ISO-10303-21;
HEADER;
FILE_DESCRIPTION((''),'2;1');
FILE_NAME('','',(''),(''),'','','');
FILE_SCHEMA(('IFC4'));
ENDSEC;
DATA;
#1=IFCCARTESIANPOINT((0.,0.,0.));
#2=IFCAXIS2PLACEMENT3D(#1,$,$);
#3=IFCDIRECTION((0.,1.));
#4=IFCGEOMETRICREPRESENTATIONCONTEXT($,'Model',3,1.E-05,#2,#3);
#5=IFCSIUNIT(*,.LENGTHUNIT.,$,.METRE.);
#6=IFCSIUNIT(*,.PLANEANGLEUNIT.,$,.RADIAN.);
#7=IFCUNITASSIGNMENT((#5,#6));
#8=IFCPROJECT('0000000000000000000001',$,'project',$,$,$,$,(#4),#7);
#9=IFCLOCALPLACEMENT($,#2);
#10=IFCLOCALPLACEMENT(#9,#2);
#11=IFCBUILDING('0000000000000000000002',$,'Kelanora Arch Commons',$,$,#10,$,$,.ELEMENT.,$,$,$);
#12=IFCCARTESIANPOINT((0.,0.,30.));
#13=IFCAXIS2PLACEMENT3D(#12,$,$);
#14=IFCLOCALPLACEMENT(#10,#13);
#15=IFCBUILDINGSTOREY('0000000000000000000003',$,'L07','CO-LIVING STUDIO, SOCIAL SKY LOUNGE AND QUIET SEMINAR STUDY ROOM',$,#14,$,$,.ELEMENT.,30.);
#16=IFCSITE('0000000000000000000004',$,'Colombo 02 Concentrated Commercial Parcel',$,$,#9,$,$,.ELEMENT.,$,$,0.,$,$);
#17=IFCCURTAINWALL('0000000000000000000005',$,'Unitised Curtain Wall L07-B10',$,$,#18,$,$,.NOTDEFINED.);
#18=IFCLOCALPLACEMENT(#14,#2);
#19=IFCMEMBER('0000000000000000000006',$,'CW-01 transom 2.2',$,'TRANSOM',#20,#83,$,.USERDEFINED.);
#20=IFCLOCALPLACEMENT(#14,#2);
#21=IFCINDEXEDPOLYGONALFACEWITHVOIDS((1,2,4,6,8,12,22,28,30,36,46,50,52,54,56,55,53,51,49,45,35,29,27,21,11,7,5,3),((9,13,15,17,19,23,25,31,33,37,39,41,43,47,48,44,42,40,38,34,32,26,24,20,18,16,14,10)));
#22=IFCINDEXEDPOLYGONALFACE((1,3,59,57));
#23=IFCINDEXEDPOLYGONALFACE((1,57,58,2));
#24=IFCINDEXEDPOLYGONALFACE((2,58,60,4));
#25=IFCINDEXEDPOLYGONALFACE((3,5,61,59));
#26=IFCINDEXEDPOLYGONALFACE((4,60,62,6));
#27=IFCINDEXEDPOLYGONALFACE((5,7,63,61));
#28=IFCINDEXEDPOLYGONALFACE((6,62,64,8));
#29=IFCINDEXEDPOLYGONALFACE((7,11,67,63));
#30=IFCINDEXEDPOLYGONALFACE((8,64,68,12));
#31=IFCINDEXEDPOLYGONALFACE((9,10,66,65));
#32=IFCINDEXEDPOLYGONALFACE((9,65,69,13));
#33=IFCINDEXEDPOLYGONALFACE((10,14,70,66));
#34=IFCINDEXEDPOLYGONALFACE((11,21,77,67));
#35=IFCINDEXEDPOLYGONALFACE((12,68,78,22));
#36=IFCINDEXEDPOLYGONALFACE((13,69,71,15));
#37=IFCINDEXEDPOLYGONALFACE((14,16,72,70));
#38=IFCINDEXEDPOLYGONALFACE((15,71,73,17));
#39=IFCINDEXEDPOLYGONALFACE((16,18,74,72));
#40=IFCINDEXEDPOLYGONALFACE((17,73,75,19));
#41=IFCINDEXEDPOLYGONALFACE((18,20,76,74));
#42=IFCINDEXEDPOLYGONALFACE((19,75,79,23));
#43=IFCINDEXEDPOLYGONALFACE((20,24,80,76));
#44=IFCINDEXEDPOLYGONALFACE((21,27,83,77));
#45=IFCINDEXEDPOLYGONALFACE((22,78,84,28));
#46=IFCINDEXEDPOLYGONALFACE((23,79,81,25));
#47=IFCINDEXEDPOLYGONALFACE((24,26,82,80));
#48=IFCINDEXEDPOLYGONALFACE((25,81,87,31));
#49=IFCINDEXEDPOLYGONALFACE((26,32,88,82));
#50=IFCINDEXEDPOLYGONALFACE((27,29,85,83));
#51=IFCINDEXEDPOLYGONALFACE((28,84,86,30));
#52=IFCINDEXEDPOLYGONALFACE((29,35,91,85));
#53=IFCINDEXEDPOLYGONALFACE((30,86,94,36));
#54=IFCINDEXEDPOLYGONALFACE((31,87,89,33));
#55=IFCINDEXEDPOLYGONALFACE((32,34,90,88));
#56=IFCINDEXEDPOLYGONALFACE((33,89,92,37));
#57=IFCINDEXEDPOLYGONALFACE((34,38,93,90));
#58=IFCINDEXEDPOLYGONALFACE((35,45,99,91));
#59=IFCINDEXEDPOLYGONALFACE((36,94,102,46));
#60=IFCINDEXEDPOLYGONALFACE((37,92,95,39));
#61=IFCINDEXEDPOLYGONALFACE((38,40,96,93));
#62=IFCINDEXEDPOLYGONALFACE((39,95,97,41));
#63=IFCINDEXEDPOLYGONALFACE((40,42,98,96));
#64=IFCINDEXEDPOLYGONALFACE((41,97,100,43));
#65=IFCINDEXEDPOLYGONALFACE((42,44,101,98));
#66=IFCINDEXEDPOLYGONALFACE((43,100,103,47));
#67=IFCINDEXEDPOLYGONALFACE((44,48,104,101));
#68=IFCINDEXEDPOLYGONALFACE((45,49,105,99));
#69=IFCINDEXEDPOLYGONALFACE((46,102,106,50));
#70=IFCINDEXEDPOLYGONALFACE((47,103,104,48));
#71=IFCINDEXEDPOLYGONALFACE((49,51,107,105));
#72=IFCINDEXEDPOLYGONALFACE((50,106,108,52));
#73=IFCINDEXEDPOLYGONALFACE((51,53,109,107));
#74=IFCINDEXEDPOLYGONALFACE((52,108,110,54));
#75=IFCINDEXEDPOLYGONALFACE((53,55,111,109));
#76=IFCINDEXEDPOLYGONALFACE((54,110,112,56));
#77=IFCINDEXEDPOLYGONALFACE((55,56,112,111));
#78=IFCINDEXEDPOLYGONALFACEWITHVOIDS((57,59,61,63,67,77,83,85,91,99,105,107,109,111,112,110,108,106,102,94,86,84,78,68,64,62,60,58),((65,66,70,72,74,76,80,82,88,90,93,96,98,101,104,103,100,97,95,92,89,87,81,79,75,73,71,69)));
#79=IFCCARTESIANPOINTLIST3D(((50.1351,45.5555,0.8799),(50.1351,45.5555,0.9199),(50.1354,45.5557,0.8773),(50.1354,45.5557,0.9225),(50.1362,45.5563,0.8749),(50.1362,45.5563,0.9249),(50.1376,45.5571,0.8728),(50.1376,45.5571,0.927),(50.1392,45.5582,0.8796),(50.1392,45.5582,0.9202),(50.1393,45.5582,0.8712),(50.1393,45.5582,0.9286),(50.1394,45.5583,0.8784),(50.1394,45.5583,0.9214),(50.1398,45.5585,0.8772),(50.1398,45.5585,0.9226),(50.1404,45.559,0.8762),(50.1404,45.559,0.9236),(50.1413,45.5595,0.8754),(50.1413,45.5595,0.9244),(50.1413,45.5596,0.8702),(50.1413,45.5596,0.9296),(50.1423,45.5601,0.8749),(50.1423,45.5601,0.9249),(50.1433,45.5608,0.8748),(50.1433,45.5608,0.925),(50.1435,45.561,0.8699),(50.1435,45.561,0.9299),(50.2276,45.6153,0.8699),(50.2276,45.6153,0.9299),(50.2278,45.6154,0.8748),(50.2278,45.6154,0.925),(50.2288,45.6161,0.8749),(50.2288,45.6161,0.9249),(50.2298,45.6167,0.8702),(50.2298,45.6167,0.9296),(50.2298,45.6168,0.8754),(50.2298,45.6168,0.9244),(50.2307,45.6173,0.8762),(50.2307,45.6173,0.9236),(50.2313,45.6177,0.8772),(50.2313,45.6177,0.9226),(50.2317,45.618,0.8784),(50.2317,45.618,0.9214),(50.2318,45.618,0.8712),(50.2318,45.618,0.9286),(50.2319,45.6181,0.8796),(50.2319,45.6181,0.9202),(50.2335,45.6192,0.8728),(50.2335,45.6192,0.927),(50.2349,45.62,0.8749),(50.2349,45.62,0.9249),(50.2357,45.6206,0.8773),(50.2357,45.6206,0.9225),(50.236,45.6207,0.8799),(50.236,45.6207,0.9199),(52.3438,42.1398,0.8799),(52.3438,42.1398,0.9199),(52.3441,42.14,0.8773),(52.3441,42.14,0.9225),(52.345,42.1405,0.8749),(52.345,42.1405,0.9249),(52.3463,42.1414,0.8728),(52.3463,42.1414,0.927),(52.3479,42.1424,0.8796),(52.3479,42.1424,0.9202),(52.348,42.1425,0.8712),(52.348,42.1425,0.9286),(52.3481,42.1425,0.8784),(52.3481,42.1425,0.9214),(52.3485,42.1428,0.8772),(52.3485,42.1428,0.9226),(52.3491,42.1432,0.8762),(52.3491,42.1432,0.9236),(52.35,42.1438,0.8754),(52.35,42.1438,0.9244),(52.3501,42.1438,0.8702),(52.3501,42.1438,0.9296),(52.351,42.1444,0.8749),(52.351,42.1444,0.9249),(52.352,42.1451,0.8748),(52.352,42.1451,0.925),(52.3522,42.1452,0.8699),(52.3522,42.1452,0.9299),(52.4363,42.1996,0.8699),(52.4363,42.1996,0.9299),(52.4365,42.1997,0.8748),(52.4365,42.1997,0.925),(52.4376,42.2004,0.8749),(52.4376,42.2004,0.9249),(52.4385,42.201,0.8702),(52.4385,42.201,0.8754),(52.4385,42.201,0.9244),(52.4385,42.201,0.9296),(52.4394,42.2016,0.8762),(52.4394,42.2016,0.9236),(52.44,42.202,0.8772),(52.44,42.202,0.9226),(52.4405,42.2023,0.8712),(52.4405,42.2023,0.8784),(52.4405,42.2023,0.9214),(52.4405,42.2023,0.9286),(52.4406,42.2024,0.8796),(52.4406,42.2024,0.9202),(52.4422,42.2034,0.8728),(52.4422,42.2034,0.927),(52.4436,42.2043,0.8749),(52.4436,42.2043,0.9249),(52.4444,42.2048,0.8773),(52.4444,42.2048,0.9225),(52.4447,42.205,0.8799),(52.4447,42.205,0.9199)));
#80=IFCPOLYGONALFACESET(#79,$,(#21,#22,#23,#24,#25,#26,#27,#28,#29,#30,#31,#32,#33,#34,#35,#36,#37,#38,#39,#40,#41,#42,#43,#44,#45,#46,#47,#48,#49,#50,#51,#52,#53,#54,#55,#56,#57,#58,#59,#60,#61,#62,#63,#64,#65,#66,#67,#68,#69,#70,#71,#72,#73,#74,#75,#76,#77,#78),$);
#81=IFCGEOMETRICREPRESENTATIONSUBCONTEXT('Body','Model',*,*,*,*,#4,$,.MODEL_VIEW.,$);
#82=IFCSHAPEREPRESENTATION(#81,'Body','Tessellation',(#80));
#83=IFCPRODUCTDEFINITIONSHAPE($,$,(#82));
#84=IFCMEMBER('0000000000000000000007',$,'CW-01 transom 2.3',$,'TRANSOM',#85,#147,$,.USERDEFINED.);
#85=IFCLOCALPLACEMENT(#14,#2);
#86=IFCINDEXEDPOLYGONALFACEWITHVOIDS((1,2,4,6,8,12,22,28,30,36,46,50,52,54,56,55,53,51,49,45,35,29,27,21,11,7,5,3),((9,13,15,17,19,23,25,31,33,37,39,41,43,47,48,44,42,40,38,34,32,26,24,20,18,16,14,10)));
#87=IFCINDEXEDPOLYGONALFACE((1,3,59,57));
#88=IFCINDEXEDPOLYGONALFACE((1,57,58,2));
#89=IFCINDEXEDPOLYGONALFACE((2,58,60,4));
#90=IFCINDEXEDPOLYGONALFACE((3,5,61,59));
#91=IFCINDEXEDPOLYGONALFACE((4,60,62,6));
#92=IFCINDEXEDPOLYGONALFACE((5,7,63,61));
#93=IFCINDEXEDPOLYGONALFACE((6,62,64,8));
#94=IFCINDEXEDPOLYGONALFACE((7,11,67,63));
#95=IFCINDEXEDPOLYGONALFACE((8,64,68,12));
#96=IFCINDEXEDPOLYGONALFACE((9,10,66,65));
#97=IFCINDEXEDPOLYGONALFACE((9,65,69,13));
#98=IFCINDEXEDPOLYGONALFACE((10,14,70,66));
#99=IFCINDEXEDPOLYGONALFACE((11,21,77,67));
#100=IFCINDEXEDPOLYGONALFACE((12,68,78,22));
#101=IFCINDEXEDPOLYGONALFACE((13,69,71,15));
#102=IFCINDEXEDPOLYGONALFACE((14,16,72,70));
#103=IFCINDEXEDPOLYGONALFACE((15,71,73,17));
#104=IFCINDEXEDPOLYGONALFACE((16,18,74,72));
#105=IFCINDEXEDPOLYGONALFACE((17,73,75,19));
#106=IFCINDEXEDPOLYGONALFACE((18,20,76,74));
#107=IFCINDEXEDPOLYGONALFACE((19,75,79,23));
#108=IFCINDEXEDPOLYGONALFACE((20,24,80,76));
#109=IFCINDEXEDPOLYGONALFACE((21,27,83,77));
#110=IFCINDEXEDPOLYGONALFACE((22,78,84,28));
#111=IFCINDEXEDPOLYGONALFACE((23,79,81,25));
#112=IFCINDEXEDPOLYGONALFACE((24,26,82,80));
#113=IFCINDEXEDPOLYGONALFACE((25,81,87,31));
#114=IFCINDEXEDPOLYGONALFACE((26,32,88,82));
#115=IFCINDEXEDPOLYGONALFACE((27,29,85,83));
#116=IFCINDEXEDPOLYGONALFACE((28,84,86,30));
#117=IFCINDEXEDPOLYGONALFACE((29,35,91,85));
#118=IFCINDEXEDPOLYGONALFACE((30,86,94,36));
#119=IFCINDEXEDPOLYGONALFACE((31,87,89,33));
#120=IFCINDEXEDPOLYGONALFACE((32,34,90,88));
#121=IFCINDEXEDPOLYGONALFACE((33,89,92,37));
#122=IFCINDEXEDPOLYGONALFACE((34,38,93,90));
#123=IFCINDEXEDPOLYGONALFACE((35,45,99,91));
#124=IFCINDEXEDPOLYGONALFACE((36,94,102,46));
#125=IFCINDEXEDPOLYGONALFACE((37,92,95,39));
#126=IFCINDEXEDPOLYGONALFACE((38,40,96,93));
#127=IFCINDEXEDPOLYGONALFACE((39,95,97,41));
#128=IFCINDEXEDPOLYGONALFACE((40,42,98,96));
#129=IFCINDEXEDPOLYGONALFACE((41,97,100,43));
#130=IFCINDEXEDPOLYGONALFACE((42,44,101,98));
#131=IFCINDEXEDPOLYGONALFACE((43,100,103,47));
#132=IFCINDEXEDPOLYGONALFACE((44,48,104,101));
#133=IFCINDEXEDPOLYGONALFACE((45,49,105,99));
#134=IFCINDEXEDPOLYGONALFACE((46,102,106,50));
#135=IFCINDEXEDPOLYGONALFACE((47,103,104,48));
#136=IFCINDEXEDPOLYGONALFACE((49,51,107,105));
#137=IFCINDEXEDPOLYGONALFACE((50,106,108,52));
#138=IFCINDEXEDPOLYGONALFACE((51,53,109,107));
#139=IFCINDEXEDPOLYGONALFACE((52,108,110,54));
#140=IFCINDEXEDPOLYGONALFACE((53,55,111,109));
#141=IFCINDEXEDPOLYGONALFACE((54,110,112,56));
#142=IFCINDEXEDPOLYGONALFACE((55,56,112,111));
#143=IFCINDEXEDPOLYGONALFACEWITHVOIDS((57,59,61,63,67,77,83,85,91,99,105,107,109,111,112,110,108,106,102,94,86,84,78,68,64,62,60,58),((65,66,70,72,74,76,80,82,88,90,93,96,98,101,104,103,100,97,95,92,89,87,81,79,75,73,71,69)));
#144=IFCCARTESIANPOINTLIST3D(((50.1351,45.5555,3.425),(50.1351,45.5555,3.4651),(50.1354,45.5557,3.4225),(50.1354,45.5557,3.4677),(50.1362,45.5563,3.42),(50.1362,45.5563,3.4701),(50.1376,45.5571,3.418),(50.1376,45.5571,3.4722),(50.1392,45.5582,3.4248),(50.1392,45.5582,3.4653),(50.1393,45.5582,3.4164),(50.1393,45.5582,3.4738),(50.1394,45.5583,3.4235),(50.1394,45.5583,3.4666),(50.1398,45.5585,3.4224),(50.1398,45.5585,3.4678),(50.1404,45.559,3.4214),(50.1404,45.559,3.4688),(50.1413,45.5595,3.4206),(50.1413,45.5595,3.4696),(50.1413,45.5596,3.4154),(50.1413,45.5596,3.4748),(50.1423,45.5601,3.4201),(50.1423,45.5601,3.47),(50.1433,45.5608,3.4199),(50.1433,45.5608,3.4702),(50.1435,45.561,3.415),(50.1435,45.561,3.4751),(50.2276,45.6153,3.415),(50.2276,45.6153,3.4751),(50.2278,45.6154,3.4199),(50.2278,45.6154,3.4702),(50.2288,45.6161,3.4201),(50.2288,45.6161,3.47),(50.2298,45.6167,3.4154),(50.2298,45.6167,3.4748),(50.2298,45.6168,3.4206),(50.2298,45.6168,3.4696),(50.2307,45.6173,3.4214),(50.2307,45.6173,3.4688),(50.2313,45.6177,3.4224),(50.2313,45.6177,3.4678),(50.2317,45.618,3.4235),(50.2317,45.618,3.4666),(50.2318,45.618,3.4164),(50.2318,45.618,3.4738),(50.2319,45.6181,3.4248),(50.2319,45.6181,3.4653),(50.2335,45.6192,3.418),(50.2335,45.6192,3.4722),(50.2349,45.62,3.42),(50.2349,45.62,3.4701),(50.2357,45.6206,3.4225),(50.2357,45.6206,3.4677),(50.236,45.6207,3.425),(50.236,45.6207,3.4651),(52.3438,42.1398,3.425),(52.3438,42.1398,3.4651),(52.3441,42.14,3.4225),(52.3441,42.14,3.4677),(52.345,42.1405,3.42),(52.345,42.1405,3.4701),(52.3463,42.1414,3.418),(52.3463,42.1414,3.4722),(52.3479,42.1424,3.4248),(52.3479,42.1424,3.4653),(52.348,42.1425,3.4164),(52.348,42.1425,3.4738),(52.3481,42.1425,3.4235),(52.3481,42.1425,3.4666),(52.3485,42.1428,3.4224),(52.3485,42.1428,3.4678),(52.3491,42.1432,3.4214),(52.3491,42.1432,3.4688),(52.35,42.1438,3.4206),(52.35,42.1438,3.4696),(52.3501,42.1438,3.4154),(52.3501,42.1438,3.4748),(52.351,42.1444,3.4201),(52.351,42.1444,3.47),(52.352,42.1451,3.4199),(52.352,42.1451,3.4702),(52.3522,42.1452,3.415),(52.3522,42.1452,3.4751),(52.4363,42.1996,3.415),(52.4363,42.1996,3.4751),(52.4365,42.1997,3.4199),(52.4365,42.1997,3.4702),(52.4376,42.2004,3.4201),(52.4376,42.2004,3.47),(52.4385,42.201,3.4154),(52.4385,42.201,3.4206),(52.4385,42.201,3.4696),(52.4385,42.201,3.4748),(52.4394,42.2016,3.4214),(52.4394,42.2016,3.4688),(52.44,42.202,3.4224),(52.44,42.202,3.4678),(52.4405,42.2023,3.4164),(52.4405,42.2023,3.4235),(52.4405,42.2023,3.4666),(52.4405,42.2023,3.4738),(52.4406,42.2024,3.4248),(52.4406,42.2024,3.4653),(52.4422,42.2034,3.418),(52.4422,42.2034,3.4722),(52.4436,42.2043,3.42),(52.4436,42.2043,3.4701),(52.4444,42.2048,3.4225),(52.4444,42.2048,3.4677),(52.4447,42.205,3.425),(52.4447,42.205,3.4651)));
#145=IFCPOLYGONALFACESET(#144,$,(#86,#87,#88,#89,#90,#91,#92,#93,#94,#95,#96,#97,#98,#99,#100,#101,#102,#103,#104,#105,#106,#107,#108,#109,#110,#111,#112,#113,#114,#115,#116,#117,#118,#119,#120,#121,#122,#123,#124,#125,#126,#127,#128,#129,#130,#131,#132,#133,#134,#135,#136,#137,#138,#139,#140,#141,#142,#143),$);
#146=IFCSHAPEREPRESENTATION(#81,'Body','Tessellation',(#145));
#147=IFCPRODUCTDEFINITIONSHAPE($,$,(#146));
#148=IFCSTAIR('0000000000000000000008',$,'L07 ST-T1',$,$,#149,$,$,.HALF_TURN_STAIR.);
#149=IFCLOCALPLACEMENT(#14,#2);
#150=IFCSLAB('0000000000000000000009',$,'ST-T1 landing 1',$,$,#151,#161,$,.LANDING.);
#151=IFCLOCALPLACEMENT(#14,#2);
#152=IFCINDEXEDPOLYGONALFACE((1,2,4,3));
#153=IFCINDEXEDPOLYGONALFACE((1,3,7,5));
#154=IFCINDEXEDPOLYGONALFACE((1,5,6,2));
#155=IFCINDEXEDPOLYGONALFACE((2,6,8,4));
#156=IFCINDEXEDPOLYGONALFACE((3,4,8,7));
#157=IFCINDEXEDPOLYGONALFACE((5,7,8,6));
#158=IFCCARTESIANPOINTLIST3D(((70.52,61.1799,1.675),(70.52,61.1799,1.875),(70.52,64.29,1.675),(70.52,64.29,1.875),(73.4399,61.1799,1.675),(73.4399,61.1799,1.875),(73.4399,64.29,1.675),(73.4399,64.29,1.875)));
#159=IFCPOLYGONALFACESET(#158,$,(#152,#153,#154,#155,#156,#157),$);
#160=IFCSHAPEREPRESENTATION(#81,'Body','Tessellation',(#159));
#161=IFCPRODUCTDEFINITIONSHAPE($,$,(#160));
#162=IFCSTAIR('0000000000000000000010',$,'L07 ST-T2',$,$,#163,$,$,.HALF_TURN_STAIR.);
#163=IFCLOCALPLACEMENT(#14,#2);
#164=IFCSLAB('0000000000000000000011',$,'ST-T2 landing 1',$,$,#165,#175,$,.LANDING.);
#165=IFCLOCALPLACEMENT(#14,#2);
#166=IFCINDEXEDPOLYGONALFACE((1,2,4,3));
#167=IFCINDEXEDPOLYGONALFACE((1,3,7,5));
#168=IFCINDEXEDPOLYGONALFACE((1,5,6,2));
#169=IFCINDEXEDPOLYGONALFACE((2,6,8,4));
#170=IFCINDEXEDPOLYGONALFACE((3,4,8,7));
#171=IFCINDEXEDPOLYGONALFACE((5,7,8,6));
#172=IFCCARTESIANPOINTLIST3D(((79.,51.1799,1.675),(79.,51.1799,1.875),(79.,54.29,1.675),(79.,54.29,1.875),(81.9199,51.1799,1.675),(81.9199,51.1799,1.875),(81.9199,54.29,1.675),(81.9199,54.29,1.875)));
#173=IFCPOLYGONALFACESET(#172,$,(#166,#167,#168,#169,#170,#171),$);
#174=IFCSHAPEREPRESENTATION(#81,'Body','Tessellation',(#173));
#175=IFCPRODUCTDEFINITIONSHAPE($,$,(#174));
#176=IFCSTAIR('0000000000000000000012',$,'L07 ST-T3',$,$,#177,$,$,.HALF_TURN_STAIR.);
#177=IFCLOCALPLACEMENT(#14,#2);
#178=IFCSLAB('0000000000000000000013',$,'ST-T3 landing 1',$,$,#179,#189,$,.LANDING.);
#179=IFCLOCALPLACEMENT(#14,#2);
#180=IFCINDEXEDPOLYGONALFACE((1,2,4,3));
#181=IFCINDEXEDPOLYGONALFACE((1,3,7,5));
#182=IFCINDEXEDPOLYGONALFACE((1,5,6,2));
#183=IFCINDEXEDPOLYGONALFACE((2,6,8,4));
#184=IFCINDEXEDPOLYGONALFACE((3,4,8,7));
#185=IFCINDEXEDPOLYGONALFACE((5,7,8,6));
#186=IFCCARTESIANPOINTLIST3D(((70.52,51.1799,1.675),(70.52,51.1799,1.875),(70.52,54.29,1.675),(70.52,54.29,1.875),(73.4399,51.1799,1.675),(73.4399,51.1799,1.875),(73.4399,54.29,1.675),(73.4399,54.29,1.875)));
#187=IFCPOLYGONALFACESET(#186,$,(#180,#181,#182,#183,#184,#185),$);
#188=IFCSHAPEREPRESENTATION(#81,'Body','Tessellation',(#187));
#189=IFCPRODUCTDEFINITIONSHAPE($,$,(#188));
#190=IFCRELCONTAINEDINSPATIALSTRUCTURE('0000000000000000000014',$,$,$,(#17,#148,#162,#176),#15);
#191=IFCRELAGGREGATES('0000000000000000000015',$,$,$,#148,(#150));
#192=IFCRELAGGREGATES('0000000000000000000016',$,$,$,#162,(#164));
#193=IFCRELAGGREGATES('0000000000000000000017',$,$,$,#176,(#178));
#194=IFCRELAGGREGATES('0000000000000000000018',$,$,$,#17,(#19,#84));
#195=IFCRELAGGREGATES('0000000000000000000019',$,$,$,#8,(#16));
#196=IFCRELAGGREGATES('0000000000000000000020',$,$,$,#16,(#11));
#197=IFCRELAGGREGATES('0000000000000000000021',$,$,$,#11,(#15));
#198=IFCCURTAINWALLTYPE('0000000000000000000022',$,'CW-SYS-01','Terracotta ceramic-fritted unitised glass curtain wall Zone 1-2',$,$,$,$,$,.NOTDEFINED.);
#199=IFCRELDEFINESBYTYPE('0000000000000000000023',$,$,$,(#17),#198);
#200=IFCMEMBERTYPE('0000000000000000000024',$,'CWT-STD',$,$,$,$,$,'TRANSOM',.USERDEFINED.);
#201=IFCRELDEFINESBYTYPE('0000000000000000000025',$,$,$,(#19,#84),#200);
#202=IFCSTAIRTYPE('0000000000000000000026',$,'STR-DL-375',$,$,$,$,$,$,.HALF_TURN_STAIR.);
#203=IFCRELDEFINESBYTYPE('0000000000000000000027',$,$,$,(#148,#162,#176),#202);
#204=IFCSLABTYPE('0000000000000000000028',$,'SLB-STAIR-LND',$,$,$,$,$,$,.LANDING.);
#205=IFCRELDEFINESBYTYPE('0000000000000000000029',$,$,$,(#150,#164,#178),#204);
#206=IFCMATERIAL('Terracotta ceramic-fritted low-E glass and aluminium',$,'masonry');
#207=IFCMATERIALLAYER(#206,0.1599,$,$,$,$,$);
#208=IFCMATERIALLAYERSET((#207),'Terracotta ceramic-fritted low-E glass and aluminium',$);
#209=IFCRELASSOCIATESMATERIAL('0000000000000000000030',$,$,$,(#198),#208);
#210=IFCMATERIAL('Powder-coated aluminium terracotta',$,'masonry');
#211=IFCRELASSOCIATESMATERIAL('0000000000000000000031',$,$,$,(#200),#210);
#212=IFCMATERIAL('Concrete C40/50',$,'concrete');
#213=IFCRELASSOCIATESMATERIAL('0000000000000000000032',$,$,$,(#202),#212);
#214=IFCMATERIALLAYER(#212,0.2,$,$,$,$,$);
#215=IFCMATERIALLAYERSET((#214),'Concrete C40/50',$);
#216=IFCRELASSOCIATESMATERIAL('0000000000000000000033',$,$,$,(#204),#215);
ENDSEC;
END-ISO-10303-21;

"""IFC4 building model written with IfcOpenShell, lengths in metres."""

from ifc_helpers import new_model, si_unit, direction, frame, origin, origin_2d, place, context, subcontext, project, spatial, polyline, hollow_rectangle, outline, extrude, material, layer, layer_set, material_profile, profile_set, type_object, element, aggregate, save


model = new_model("IFC4")

# Units and contexts
model_context = context("Model", 3, precision=1e-05, world=origin(), true_north=direction((0.0, 1.0)))
body_context = subcontext(model_context, "Body", "Model", "MODEL_VIEW")
ifc_project = project(units=[si_unit("LENGTHUNIT", "METRE"), si_unit("PLANEANGLEUNIT", "RADIAN")], contexts=[model_context])

# Site, building, storey
site_placement = place(None, origin())
site = spatial("IfcSite", under=ifc_project, at=site_placement, Name="Colombo 02 Concentrated Commercial Parcel", CompositionType="ELEMENT", RefElevation=0.0)
building_placement = place(site_placement, origin())
building = spatial("IfcBuilding", under=site, at=building_placement, Name="Kelanora Arch Commons", CompositionType="ELEMENT")
storey_placement = place(building_placement, frame((0.0, 0.0, 30.0)))
storey = spatial("IfcBuildingStorey", under=building, at=storey_placement, Name="L07", Description="CO-LIVING STUDIO, SOCIAL SKY LOUNGE AND QUIET SEMINAR STUDY ROOM", CompositionType="ELEMENT", Elevation=30.0)

# Shared definitions
ifc_material_1 = material(Name="Terracotta ceramic-fritted low-E glass and aluminium", Category="masonry")
ifc_layer_1 = layer(ifc_material_1, 0.1599)
ifc_layer_set_1 = layer_set([ifc_layer_1], Name="Terracotta ceramic-fritted low-E glass and aluminium")
curtain_wall_type = type_object("IfcCurtainWallType", Name="CW-SYS-01", Description="Terracotta ceramic-fritted unitised glass curtain wall Zone 1-2", PredefinedType="NOTDEFINED", material=ifc_layer_set_1)
ifc_material_2 = material(Name="Powder-coated aluminium terracotta", Category="masonry")

# Curtain wall, members
curtain_wall_1_placement = place(storey_placement, origin())
curtain_wall_1 = element("IfcCurtainWall", 1, at=curtain_wall_1_placement, inside=storey, type_object=curtain_wall_type, Name="Unitised Curtain Wall L07-B10", PredefinedType="NOTDEFINED")
ifc_material_profile_1 = material_profile(ifc_material_2, hollow_rectangle(XDim=0.1201, YDim=0.0601, WallThickness=0.0049, InnerFilletRadius=0.0049, OuterFilletRadius=0.01, at=origin_2d()), Name="CWT120x60")
ifc_profile_set_1 = profile_set([ifc_material_profile_1], Name="Powder-coated aluminium terracotta")
member_type_1 = type_object("IfcMemberType", Name="CWT-STD", ElementType="TRANSOM", PredefinedType="USERDEFINED", material=ifc_profile_set_1)
member_1_placement = place(storey_placement, frame((50.1855, 45.5881, 0.8999), z_axis=(0.542997, -0.839734, 0.0), x_axis=(0.839734, 0.542997, 0.0)))
member_1 = element("IfcMember", 2, at=member_1_placement, type_object=member_type_1, Name="CW-01 transom 2.2", ObjectType="TRANSOM", PredefinedType="USERDEFINED", context=body_context, shape_type="SweptSolid", body=[
    extrude(hollow_rectangle(XDim=0.1201, YDim=0.0601, WallThickness=0.0049, InnerFilletRadius=0.0049, OuterFilletRadius=0.01, at=origin_2d()), origin(), (0.0, 0.0, 1.0), 4.0676),
])
member_2_placement = place(storey_placement, frame((50.1855, 45.5881, 3.4451), z_axis=(0.542997, -0.839734, 0.0), x_axis=(0.839734, 0.542997, 0.0)))
member_2 = element("IfcMember", 3, at=member_2_placement, type_object=member_type_1, Name="CW-01 transom 2.3", ObjectType="TRANSOM", PredefinedType="USERDEFINED", context=body_context, shape_type="SweptSolid", body=[
    extrude(hollow_rectangle(XDim=0.1201, YDim=0.0601, WallThickness=0.0049, InnerFilletRadius=0.0049, OuterFilletRadius=0.01, at=origin_2d()), origin(), (0.0, 0.0, 1.0), 4.0676),
])

# Stairs, slabs
ifc_material_3 = material(Name="Concrete C40/50", Category="concrete")
stair_type = type_object("IfcStairType", Name="STR-DL-375", PredefinedType="HALF_TURN_STAIR", material=ifc_material_3)
stair_1_placement = place(storey_placement, origin())
stair_1 = element("IfcStair", 4, at=stair_1_placement, inside=storey, type_object=stair_type, Name="L07 ST-T1", PredefinedType="HALF_TURN_STAIR")
ifc_layer_2 = layer(ifc_material_3, 0.2)
ifc_layer_set_2 = layer_set([ifc_layer_2], Name="Concrete C40/50")
slab_type_1 = type_object("IfcSlabType", Name="SLB-STAIR-LND", PredefinedType="LANDING", material=ifc_layer_set_2)
slab_1_placement = place(storey_placement, frame((0.0, 0.0, 1.675)))
slab_1 = element("IfcSlab", 5, at=slab_1_placement, type_object=slab_type_1, Name="ST-T1 landing 1", PredefinedType="LANDING", context=body_context, shape_type="SweptSolid", body=[
    extrude(outline(polyline([(70.52, 61.1799), (73.4399, 61.1799), (73.4399, 64.29), (70.52, 64.29), (70.52, 61.1799)])), origin(), (0.0, 0.0, 1.0), 0.2),
])
aggregate(stair_1, [slab_1])
stair_2_placement = place(storey_placement, origin())
stair_2 = element("IfcStair", 6, at=stair_2_placement, inside=storey, type_object=stair_type, Name="L07 ST-T2", PredefinedType="HALF_TURN_STAIR")
slab_2_placement = place(storey_placement, frame((0.0, 0.0, 1.675)))
slab_2 = element("IfcSlab", 7, at=slab_2_placement, type_object=slab_type_1, Name="ST-T2 landing 1", PredefinedType="LANDING", context=body_context, shape_type="SweptSolid", body=[
    extrude(outline(polyline([(79.0, 51.1799), (81.9199, 51.1799), (81.9199, 54.29), (79.0, 54.29), (79.0, 51.1799)])), origin(), (0.0, 0.0, 1.0), 0.2),
])
aggregate(stair_2, [slab_2])
stair_3_placement = place(storey_placement, origin())
stair_3 = element("IfcStair", 8, at=stair_3_placement, inside=storey, type_object=stair_type, Name="L07 ST-T3", PredefinedType="HALF_TURN_STAIR")
slab_3_placement = place(storey_placement, frame((0.0, 0.0, 1.675)))
slab_3 = element("IfcSlab", 9, at=slab_3_placement, type_object=slab_type_1, Name="ST-T3 landing 1", PredefinedType="LANDING", context=body_context, shape_type="SweptSolid", body=[
    extrude(outline(polyline([(70.52, 51.1799), (73.4399, 51.1799), (73.4399, 54.29), (70.52, 54.29), (70.52, 51.1799)])), origin(), (0.0, 0.0, 1.0), 0.2),
])
aggregate(stair_3, [slab_3])

aggregate(curtain_wall_1, [member_1, member_2])

save(model, "model.ifc")
